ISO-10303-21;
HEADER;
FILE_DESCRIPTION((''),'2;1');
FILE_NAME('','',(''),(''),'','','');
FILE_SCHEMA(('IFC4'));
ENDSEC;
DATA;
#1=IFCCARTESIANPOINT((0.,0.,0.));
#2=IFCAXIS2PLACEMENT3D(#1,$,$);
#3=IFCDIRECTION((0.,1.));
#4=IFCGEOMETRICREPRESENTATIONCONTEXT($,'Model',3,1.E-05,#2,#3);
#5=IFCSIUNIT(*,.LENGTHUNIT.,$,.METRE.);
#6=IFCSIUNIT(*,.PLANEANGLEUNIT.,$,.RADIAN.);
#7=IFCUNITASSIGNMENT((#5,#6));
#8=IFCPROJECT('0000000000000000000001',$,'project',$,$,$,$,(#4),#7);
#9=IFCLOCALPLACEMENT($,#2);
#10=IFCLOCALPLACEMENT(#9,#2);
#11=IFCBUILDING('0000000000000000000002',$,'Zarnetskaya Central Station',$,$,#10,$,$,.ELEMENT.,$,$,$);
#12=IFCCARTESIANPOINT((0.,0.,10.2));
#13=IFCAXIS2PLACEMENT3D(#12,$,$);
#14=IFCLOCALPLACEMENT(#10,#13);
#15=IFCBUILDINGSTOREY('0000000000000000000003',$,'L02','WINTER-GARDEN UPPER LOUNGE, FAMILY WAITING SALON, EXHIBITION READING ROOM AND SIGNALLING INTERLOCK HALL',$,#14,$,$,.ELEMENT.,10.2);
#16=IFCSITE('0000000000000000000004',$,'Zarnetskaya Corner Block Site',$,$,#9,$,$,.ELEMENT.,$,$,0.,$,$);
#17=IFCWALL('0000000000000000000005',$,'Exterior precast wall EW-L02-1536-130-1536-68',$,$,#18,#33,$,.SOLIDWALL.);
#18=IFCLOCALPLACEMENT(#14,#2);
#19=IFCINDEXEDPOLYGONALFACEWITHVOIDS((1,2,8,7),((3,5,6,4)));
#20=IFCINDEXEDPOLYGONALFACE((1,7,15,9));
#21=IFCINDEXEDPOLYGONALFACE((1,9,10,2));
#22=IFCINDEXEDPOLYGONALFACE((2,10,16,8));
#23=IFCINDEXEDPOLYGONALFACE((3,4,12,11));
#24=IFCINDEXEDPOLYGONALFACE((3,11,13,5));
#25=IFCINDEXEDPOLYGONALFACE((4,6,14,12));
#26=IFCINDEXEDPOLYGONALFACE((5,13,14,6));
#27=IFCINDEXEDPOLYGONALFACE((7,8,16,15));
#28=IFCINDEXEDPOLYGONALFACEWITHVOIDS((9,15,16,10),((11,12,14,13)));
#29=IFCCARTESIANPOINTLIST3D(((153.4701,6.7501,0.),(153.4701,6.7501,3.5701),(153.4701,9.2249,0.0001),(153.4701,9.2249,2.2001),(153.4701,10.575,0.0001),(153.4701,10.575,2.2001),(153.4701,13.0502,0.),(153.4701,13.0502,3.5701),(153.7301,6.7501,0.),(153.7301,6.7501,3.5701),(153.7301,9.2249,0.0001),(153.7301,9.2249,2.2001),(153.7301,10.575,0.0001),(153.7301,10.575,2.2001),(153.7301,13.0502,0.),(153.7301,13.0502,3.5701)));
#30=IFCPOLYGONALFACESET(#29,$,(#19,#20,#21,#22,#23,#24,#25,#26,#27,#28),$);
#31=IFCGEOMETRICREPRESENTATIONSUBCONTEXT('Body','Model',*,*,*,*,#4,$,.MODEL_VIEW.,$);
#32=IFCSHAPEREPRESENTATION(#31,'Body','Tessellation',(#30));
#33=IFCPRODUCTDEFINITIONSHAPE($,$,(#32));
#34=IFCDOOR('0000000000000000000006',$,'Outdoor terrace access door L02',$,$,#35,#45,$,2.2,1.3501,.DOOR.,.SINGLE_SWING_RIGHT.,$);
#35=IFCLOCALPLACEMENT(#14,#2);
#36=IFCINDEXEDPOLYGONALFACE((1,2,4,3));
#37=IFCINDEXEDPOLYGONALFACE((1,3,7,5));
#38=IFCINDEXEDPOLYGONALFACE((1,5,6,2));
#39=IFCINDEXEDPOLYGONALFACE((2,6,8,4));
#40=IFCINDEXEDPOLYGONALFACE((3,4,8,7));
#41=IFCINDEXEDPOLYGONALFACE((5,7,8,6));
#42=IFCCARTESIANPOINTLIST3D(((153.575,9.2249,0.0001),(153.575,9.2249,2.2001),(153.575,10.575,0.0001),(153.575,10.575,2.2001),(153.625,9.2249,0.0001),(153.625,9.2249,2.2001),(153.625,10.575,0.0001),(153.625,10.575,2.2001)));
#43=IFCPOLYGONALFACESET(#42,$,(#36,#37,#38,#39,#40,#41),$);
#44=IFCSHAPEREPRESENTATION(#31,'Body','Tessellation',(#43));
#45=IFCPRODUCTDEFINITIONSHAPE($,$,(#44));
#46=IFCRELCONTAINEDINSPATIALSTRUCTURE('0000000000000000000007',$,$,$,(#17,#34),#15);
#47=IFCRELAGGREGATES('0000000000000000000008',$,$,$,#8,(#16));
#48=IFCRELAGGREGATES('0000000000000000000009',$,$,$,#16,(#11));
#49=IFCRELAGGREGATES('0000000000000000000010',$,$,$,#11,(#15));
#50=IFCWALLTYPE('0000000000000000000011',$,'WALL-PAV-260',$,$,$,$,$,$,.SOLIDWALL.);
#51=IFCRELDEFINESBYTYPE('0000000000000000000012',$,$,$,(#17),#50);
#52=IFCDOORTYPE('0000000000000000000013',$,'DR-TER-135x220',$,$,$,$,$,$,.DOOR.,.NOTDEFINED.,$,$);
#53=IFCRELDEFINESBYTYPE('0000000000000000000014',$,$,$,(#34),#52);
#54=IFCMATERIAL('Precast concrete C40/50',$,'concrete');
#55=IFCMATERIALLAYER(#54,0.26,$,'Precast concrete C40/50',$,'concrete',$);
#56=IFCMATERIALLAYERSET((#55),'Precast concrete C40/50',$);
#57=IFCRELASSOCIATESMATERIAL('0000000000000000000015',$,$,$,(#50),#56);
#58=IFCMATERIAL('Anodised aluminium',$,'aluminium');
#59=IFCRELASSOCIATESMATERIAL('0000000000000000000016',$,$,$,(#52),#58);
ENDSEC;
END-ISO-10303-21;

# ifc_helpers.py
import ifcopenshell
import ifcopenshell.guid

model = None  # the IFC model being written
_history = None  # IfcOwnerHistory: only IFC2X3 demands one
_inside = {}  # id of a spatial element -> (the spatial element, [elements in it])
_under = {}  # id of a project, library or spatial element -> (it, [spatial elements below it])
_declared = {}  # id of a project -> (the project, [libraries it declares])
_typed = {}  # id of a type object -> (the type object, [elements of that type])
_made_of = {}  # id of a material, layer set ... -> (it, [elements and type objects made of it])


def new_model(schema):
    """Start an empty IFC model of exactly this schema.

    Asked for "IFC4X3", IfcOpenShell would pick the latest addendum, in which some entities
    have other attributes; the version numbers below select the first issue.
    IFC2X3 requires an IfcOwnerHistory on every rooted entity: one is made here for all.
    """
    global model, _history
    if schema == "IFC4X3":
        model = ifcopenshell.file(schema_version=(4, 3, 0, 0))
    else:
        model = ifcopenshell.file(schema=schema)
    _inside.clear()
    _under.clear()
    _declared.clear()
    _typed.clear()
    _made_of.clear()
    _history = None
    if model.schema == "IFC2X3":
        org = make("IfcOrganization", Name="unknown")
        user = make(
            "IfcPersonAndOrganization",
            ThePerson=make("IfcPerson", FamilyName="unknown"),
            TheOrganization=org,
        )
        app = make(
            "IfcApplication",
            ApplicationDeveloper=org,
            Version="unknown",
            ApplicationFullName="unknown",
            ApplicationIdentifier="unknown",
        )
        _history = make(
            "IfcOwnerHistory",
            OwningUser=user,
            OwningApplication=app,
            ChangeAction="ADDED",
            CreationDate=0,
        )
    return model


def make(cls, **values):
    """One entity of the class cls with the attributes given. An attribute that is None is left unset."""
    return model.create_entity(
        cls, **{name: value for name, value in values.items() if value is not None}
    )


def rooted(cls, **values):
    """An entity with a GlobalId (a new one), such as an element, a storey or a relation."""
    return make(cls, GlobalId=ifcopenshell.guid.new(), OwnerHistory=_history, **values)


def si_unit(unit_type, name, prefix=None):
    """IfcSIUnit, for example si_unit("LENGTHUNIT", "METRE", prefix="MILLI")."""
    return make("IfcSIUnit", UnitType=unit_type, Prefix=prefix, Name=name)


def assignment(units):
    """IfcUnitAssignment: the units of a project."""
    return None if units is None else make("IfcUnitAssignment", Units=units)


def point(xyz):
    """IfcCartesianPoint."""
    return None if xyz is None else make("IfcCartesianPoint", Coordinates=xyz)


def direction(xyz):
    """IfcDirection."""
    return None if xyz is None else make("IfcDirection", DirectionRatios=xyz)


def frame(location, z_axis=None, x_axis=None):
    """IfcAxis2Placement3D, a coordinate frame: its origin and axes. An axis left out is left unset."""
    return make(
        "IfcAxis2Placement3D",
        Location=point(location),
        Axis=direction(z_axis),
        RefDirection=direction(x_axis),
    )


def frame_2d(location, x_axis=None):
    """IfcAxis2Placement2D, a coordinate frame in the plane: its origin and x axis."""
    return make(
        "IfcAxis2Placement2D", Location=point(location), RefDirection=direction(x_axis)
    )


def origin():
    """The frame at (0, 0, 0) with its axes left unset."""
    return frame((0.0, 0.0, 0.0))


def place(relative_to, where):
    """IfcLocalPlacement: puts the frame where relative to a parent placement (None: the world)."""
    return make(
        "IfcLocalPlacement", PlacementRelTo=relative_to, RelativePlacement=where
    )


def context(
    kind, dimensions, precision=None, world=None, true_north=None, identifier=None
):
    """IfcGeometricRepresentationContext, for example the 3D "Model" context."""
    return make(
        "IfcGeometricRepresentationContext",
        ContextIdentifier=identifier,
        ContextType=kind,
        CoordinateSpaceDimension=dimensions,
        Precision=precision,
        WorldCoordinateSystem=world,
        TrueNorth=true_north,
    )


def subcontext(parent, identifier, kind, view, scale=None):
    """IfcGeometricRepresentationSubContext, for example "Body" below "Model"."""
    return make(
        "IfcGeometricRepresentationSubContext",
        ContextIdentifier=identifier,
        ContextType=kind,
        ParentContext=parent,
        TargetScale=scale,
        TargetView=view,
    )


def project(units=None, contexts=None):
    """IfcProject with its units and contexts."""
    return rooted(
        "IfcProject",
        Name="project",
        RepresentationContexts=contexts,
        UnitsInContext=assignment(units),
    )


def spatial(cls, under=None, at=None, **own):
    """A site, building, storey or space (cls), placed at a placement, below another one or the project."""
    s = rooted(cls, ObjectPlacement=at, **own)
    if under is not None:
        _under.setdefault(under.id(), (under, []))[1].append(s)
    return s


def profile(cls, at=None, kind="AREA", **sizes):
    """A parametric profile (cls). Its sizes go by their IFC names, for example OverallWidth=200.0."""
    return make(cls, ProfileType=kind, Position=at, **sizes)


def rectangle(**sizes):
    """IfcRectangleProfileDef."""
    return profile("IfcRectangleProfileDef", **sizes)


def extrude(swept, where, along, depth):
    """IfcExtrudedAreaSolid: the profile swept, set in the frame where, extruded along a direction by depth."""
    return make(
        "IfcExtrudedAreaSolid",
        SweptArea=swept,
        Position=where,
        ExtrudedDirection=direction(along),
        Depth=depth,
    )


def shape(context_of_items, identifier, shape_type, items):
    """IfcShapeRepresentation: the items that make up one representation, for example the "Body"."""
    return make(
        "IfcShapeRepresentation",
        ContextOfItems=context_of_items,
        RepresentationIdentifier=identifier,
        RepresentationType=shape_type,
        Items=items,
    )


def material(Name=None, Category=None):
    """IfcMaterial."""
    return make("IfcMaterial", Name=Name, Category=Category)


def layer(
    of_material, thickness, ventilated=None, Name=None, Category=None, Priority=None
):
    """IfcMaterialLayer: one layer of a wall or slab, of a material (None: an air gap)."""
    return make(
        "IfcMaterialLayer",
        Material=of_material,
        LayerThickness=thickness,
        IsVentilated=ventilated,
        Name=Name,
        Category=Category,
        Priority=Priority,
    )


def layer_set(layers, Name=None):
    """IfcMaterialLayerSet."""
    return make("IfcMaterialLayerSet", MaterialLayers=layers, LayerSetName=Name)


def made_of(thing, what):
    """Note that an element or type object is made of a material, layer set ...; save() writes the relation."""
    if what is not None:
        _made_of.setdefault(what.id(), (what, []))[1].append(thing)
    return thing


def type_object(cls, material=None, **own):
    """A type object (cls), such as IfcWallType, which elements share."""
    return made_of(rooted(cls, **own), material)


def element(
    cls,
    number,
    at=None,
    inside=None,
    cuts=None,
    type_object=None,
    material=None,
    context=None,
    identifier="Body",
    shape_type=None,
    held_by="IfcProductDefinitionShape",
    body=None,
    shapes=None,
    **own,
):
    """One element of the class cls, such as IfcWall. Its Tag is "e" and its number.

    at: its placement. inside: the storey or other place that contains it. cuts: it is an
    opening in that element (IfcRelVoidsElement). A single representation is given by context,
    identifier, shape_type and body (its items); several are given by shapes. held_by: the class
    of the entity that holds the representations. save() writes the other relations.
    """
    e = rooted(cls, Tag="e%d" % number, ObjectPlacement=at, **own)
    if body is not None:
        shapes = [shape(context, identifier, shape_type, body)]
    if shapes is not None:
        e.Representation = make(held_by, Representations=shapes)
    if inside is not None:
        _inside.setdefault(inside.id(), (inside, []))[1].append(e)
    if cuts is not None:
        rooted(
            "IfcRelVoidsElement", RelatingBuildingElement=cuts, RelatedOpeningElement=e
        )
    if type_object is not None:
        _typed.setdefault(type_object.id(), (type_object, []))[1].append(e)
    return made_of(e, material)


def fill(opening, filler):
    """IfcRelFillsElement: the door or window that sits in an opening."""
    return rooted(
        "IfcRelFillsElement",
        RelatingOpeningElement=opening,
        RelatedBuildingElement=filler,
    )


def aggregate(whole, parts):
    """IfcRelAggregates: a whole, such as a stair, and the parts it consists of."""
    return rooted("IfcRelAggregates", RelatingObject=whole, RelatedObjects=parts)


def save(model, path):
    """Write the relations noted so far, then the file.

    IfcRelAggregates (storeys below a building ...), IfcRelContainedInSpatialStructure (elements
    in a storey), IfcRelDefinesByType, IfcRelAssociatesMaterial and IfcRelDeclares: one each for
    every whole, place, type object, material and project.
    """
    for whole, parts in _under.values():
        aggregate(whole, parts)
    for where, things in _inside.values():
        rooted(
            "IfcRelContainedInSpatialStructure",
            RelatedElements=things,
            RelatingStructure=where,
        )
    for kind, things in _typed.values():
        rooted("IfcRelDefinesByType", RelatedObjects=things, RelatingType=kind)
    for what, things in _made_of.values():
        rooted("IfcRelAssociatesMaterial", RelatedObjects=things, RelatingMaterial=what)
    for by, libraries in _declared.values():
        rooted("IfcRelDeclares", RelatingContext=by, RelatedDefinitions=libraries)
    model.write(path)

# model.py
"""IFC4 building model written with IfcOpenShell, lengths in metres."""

from ifc_helpers import new_model, si_unit, direction, frame, frame_2d, origin, place, context, subcontext, project, spatial, rectangle, extrude, material, layer, layer_set, type_object, element, fill, save


model = new_model("IFC4")

# Units and contexts
model_context = context("Model", 3, precision=1e-05, world=origin(), true_north=direction((0.0, 1.0)))
body_context = subcontext(model_context, "Body", "Model", "MODEL_VIEW")
ifc_project = project(units=[si_unit("LENGTHUNIT", "METRE"), si_unit("PLANEANGLEUNIT", "RADIAN")], contexts=[model_context])

# Site, building, storey
site_placement = place(None, origin())
site = spatial("IfcSite", under=ifc_project, at=site_placement, Name="Zarnetskaya Corner Block Site", CompositionType="ELEMENT", RefElevation=0.0)
building_placement = place(site_placement, origin())
building = spatial("IfcBuilding", under=site, at=building_placement, Name="Zarnetskaya Central Station", CompositionType="ELEMENT")
storey_placement = place(building_placement, frame((0.0, 0.0, 10.2)))
storey = spatial("IfcBuildingStorey", under=building, at=storey_placement, Name="L02", Description="WINTER-GARDEN UPPER LOUNGE, FAMILY WAITING SALON, EXHIBITION READING ROOM AND SIGNALLING INTERLOCK HALL", CompositionType="ELEMENT", Elevation=10.2)

# Shared definitions
ifc_material_1 = material(Name="Anodised aluminium", Category="aluminium")

# Wall, opening, door
ifc_material_2 = material(Name="Precast concrete C40/50", Category="concrete")
ifc_layer_1 = layer(ifc_material_2, 0.26, Name="Precast concrete C40/50", Category="concrete")
ifc_layer_set_1 = layer_set([ifc_layer_1], Name="Precast concrete C40/50")
wall_type = type_object("IfcWallType", Name="WALL-PAV-260", PredefinedType="SOLIDWALL", material=ifc_layer_set_1)
wall_placement = place(storey_placement, frame((153.6001, 13.05, 0.0), z_axis=(0.0, 0.0, 1.0), x_axis=(0.0, -1.0, 0.0)))
wall = element("IfcWall", 1, at=wall_placement, inside=storey, type_object=wall_type, Name="Exterior precast wall EW-L02-1536-130-1536-68", PredefinedType="SOLIDWALL", context=body_context, shape_type="SweptSolid", body=[
    extrude(rectangle(XDim=6.3, YDim=0.26, at=frame_2d((3.1499, 0.0))), origin(), (0.0, 0.0, 1.0), 3.5701),
])
opening_placement = place(wall_placement, frame((2.4751, 0.0, 0.0)))
opening = element("IfcOpeningElement", 2, at=opening_placement, cuts=wall, PredefinedType="OPENING", context=body_context, shape_type="SweptSolid", body=[
    extrude(rectangle(XDim=1.3501, YDim=2.2, at=frame_2d((0.675, 1.1001))), frame((0.0, 0.1401, 0.0), z_axis=(0.0, -1.0, 0.0), x_axis=(1.0, 0.0, 0.0)), (0.0, 0.0, 1.0), 0.28),
])
door_type = type_object("IfcDoorType", Name="DR-TER-135x220", OperationType="NOTDEFINED", PredefinedType="DOOR", material=ifc_material_1)
door_placement = place(opening_placement, origin())
door = element("IfcDoor", 3, at=door_placement, inside=storey, type_object=door_type, Name="Outdoor terrace access door L02", OperationType="SINGLE_SWING_RIGHT", OverallHeight=2.2, OverallWidth=1.3501, PredefinedType="DOOR", context=body_context, shape_type="SweptSolid", body=[
    extrude(rectangle(XDim=1.3501, YDim=2.2, at=frame_2d((0.675, 1.1001))), frame((0.0, 0.0249, 0.0), z_axis=(0.0, -1.0, 0.0), x_axis=(1.0, 0.0, 0.0)), (0.0, 0.0, 1.0), 0.05),
])
fill(opening, door)

save(model, "model.ifc")
